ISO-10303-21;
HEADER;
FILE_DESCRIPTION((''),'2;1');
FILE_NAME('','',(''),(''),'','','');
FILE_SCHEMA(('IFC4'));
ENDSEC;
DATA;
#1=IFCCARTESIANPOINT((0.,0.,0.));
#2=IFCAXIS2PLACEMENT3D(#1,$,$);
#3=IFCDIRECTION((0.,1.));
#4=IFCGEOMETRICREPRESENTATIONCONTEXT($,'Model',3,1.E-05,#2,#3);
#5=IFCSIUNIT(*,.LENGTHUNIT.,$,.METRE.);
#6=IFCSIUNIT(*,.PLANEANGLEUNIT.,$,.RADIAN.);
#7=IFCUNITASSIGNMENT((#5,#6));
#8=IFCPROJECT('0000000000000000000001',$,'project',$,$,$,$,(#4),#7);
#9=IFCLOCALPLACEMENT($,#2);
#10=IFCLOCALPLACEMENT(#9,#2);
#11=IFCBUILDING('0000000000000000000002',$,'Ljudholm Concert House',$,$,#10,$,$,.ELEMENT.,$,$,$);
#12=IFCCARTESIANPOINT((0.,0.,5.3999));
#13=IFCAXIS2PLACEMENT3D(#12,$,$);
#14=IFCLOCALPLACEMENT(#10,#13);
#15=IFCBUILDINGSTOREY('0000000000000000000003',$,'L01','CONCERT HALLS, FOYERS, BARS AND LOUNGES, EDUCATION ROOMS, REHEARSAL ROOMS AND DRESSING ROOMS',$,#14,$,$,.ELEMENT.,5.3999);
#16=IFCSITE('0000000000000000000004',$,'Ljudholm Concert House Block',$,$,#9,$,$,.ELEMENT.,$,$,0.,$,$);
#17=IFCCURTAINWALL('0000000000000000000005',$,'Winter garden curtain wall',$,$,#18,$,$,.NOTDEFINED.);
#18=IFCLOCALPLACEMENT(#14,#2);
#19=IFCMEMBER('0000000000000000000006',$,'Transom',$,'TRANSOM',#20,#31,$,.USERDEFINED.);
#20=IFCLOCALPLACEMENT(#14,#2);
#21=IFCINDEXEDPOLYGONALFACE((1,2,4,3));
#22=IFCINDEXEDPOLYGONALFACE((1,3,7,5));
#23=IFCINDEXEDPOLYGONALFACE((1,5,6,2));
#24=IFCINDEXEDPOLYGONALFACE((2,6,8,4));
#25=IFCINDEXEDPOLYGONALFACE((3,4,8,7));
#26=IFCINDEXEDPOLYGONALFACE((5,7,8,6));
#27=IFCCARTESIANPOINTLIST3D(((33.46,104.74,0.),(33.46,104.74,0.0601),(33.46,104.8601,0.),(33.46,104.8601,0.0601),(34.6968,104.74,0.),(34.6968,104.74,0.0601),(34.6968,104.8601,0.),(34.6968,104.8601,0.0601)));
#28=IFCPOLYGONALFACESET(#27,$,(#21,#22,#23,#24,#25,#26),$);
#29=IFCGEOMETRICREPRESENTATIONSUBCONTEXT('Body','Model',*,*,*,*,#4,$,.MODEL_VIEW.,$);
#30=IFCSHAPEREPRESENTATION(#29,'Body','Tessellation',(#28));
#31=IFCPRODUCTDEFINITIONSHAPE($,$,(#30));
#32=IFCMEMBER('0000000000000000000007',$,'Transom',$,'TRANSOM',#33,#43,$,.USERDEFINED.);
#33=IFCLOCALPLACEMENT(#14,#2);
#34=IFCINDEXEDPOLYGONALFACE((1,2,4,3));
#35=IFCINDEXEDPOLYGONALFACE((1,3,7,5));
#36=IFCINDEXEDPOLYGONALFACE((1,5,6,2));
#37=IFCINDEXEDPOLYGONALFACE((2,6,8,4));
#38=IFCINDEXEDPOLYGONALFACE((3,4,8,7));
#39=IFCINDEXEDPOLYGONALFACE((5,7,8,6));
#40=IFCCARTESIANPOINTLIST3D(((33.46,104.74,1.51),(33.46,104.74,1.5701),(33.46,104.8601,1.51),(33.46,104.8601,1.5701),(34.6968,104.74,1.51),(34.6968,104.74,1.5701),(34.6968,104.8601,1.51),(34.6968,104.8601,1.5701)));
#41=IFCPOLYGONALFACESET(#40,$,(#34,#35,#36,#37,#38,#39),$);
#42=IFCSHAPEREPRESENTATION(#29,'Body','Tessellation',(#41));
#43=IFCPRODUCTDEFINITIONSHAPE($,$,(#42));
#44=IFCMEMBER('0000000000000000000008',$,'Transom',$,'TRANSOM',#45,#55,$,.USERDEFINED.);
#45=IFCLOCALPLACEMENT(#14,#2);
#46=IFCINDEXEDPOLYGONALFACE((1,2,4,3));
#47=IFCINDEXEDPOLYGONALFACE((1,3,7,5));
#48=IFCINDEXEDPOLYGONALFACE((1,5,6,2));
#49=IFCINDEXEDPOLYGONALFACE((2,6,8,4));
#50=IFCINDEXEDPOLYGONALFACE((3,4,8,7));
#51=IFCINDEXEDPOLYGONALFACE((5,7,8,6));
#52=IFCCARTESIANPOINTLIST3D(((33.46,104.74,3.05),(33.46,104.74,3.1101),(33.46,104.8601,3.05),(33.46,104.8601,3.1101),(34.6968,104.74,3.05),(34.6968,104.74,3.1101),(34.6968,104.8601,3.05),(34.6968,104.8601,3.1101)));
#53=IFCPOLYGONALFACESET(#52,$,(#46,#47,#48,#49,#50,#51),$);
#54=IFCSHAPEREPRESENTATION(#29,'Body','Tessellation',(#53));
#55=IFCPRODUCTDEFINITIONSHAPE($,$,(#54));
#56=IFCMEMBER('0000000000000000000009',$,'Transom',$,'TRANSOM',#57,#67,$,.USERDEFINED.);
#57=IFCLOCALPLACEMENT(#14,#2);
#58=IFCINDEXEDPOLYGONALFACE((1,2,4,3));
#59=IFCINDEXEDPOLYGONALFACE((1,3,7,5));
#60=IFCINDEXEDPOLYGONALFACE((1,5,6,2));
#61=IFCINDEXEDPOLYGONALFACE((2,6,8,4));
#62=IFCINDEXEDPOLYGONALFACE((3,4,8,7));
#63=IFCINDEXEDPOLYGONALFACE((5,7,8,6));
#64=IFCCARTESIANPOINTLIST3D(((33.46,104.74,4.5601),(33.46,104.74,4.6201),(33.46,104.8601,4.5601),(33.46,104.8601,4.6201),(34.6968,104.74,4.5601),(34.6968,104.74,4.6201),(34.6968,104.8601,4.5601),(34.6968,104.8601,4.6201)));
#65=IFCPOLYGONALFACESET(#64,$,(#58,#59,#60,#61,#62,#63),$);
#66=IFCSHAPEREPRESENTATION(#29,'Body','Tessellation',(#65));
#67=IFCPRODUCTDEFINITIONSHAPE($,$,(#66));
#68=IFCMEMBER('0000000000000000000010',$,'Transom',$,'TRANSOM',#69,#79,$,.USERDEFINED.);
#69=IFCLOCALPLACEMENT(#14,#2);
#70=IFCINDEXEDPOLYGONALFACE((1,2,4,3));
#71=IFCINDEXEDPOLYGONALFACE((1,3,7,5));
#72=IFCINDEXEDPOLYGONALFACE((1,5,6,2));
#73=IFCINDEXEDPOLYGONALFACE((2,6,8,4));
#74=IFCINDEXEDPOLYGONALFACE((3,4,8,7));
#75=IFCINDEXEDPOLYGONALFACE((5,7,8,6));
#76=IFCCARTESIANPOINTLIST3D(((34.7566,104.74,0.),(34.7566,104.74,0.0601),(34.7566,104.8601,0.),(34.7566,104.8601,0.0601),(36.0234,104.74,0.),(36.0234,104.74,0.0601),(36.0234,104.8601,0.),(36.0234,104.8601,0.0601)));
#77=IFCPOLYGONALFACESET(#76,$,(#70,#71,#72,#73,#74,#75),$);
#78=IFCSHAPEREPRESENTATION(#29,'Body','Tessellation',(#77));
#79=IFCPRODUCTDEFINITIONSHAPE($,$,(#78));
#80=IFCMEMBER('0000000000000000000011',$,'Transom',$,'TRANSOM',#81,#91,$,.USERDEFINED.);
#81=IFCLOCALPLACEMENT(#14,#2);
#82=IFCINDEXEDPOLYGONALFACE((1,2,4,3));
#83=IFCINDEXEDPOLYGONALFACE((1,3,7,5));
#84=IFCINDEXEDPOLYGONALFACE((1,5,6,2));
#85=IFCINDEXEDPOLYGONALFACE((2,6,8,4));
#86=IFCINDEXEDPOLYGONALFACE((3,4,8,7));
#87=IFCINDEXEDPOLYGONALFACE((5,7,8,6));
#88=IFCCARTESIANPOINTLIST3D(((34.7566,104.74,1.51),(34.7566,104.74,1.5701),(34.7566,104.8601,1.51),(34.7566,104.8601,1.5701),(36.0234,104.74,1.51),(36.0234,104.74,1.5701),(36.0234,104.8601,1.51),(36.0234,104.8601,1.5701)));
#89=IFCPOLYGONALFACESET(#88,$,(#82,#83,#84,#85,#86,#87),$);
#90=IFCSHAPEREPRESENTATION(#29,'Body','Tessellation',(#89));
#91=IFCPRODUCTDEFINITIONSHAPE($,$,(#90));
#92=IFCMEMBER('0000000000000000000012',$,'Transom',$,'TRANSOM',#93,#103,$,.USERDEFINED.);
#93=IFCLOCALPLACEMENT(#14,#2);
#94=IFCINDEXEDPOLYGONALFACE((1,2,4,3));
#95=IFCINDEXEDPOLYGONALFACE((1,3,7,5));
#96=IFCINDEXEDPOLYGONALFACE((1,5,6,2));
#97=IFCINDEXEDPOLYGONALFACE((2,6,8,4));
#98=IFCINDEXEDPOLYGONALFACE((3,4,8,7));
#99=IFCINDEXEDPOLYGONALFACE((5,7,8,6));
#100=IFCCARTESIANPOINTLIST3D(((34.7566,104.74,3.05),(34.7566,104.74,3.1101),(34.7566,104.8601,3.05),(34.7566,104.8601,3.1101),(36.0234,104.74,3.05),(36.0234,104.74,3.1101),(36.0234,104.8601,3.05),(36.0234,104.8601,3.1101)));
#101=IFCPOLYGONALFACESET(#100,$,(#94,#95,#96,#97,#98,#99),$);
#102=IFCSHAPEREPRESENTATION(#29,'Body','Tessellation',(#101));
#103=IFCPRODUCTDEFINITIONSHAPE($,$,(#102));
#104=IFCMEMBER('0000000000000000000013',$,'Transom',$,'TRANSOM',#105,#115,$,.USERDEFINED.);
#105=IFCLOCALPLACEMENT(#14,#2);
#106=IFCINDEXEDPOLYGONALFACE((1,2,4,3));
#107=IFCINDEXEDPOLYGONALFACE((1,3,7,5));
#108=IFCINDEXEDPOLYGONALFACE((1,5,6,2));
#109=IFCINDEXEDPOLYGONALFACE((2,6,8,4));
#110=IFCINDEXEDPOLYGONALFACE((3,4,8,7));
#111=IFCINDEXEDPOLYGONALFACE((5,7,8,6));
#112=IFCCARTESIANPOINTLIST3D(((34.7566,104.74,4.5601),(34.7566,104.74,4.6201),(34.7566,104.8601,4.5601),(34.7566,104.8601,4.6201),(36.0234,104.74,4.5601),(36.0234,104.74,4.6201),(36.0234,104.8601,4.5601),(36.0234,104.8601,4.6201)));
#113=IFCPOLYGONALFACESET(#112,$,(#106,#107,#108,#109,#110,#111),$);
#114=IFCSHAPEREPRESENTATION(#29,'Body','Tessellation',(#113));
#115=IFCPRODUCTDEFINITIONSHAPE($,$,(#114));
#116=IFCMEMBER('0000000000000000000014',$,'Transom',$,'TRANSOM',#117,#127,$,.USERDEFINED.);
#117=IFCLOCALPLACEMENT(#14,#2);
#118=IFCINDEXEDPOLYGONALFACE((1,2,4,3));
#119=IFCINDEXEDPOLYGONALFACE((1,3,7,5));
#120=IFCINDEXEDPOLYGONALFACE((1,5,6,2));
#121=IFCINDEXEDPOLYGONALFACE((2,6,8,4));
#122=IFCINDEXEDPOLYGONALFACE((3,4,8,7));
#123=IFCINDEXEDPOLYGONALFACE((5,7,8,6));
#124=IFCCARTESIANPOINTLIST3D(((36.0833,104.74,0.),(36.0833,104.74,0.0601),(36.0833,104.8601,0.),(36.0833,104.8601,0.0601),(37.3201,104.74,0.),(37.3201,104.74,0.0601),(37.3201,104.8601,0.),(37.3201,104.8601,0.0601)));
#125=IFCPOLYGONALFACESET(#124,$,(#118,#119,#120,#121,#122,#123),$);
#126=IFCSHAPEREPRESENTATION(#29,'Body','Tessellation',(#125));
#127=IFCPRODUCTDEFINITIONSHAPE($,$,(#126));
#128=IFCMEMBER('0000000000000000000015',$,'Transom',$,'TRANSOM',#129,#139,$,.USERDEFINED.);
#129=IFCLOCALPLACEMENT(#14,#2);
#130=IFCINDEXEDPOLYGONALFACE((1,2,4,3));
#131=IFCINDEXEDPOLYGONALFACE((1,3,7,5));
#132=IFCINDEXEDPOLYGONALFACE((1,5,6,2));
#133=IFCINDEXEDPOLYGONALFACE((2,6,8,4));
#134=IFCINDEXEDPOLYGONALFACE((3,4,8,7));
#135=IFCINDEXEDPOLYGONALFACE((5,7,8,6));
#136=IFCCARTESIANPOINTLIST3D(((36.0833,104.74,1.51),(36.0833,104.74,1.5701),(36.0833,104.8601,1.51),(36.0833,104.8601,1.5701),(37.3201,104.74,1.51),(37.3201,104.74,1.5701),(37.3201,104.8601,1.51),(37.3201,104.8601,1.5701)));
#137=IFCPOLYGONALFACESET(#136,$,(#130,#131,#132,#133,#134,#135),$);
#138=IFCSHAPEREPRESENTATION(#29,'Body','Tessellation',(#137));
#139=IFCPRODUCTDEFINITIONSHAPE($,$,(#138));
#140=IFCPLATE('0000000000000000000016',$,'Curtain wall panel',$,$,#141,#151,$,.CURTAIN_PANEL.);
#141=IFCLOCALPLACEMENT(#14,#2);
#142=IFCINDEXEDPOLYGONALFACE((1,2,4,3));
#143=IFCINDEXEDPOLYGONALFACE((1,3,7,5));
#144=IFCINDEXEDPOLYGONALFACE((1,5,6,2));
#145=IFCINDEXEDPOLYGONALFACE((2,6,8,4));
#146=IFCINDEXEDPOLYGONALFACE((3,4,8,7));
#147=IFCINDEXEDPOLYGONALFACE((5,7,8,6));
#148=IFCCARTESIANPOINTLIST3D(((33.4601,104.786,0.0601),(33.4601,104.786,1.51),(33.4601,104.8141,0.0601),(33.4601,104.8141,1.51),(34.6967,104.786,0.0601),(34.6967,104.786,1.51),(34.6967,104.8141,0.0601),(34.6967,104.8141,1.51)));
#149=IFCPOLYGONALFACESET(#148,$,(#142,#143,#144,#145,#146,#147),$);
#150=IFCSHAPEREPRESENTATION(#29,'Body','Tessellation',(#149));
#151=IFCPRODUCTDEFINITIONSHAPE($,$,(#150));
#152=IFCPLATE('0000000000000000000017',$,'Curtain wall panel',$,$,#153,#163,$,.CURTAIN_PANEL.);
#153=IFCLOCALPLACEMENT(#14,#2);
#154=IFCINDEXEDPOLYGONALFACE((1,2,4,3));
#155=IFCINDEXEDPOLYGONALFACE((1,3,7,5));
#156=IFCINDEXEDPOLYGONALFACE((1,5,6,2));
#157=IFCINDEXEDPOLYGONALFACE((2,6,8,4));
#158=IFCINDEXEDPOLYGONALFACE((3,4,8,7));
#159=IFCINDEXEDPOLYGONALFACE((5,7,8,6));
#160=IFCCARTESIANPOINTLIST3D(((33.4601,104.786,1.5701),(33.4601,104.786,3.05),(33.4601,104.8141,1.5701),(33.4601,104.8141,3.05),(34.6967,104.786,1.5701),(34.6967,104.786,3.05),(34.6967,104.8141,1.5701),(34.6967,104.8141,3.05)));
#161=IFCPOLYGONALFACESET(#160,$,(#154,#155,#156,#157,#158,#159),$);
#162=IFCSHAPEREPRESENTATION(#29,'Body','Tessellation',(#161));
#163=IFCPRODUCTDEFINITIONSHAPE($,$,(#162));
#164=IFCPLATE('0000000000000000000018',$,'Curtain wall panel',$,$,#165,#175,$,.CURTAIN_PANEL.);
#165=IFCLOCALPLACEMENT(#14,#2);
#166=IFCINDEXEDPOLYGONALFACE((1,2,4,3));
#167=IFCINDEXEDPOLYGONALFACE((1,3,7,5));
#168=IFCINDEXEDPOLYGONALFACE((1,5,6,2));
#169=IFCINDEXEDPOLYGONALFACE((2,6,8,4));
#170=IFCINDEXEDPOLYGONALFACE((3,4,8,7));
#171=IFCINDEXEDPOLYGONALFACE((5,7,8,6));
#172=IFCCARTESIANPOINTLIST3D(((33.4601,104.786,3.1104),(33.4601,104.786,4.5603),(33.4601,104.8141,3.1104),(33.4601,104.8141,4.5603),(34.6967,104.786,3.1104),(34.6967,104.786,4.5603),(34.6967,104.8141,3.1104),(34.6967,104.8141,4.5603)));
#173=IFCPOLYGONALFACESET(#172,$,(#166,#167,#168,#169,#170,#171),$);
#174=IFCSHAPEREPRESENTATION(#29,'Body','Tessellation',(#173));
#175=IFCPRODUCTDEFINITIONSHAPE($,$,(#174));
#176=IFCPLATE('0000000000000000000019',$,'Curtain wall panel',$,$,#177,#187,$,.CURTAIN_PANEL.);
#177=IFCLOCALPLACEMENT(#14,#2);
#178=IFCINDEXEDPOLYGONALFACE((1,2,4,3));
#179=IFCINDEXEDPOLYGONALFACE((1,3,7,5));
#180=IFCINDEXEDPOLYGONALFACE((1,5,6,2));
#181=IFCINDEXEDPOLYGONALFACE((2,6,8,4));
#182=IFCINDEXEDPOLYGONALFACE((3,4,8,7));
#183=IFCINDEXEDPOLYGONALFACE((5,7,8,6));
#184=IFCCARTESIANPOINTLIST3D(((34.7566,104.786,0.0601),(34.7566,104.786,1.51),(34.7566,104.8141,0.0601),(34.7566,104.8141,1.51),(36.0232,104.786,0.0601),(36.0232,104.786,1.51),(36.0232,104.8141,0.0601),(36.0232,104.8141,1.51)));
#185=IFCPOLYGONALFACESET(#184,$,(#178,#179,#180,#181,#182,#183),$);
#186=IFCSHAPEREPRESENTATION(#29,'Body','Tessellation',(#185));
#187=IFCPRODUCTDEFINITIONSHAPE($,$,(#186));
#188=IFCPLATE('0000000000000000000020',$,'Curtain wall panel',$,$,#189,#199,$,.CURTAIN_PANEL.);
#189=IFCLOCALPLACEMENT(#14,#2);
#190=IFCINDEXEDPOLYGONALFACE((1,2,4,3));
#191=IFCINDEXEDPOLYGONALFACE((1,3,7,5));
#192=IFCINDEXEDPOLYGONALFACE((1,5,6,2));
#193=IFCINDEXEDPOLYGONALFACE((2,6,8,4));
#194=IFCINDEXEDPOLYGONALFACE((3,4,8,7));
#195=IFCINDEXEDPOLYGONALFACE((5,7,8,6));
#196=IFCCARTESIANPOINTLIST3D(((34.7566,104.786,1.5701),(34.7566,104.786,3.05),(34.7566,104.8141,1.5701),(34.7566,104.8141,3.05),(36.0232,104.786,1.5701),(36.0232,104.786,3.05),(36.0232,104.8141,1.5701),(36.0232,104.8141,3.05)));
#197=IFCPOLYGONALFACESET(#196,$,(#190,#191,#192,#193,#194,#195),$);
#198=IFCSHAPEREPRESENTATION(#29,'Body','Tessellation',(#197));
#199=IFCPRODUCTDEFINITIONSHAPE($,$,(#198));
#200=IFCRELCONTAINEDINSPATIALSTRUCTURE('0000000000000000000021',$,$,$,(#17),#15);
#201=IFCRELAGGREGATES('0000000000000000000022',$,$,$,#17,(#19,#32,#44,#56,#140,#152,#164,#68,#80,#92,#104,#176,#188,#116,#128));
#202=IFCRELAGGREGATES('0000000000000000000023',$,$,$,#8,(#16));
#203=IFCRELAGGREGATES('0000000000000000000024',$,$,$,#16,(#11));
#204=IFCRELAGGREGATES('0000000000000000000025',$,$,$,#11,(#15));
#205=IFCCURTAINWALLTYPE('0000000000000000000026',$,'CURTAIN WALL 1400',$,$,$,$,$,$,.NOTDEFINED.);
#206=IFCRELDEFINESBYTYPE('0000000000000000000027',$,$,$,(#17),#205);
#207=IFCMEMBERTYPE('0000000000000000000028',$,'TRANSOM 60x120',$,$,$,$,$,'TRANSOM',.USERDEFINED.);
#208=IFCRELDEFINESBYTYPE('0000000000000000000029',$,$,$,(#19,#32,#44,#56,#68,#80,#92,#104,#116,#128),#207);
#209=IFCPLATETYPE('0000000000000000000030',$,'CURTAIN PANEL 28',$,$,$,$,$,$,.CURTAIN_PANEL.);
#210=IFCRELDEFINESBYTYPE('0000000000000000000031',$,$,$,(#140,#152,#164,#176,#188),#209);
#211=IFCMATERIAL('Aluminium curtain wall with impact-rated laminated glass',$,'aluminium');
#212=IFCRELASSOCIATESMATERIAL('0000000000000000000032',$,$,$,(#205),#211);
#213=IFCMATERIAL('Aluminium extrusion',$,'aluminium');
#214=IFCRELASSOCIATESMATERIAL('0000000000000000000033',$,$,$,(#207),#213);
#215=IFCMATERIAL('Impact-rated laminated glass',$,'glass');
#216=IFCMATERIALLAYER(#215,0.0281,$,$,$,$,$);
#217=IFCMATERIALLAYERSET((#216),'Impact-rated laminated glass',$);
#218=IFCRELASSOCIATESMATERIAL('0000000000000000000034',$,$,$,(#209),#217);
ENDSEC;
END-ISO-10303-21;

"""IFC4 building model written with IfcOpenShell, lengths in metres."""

from ifc_helpers import new_model, si_unit, direction, frame, origin, origin_2d, place, context, subcontext, project, spatial, rectangle, extrude, material, layer, layer_set, material_profile, profile_set, type_object, element, aggregate, save


model = new_model("IFC4")

# Units and contexts
model_context = context("Model", 3, precision=1e-05, world=origin(), true_north=direction((0.0, 1.0)))
body_context = subcontext(model_context, "Body", "Model", "MODEL_VIEW")
ifc_project = project(units=[si_unit("LENGTHUNIT", "METRE"), si_unit("PLANEANGLEUNIT", "RADIAN")], contexts=[model_context])

# Site, building, storey
site_placement = place(None, origin())
site = spatial("IfcSite", under=ifc_project, at=site_placement, Name="Ljudholm Concert House Block", CompositionType="ELEMENT", RefElevation=0.0)
building_placement = place(site_placement, origin())
building = spatial("IfcBuilding", under=site, at=building_placement, Name="Ljudholm Concert House", CompositionType="ELEMENT")
storey_placement = place(building_placement, frame((0.0, 0.0, 5.3999)))
storey = spatial("IfcBuildingStorey", under=building, at=storey_placement, Name="L01", Description="CONCERT HALLS, FOYERS, BARS AND LOUNGES, EDUCATION ROOMS, REHEARSAL ROOMS AND DRESSING ROOMS", CompositionType="ELEMENT", Elevation=5.3999)

# Shared definitions
ifc_material_1 = material(Name="Aluminium curtain wall with impact-rated laminated glass", Category="aluminium")
curtain_wall_type = type_object("IfcCurtainWallType", Name="CURTAIN WALL 1400", PredefinedType="NOTDEFINED", material=ifc_material_1)

# Curtain wall
curtain_wall_1_placement = place(storey_placement, origin())
curtain_wall_1 = element("IfcCurtainWall", 1, at=curtain_wall_1_placement, inside=storey, type_object=curtain_wall_type, Name="Winter garden curtain wall", PredefinedType="NOTDEFINED")

# Members
ifc_material_2 = material(Name="Aluminium extrusion", Category="aluminium")
ifc_material_profile_1 = material_profile(ifc_material_2, rectangle(XDim=0.1201, YDim=0.0601, at=origin_2d()), Name="TRANSOM 60x120")
ifc_profile_set_1 = profile_set([ifc_material_profile_1], Name="Aluminium extrusion")
member_type_1 = type_object("IfcMemberType", Name="TRANSOM 60x120", ElementType="TRANSOM", PredefinedType="USERDEFINED", material=ifc_profile_set_1)
member_1_placement = place(storey_placement, frame((33.46, 104.8, 0.03), z_axis=(1.0, 0.0, 0.0), x_axis=(0.0, 1.0, 0.0)))
member_1 = element("IfcMember", 2, at=member_1_placement, type_object=member_type_1, Name="Transom", ObjectType="TRANSOM", PredefinedType="USERDEFINED", context=body_context, shape_type="SweptSolid", body=[
    extrude(rectangle(XDim=0.1201, YDim=0.0601, at=origin_2d()), origin(), (0.0, 0.0, 1.0), 1.2368),
])
member_2_placement = place(storey_placement, frame((33.46, 104.8, 1.54), z_axis=(1.0, 0.0, 0.0), x_axis=(0.0, 1.0, 0.0)))
member_2 = element("IfcMember", 3, at=member_2_placement, type_object=member_type_1, Name="Transom", ObjectType="TRANSOM", PredefinedType="USERDEFINED", context=body_context, shape_type="SweptSolid", body=[
    extrude(rectangle(XDim=0.1201, YDim=0.0601, at=origin_2d()), origin(), (0.0, 0.0, 1.0), 1.2368),
])
member_3_placement = place(storey_placement, frame((33.46, 104.8, 3.0801), z_axis=(1.0, 0.0, 0.0), x_axis=(0.0, 1.0, 0.0)))
member_3 = element("IfcMember", 4, at=member_3_placement, type_object=member_type_1, Name="Transom", ObjectType="TRANSOM", PredefinedType="USERDEFINED", context=body_context, shape_type="SweptSolid", body=[
    extrude(rectangle(XDim=0.1201, YDim=0.0601, at=origin_2d()), origin(), (0.0, 0.0, 1.0), 1.2368),
])
member_4_placement = place(storey_placement, frame((33.46, 104.8, 4.5901), z_axis=(1.0, 0.0, 0.0), x_axis=(0.0, 1.0, 0.0)))
member_4 = element("IfcMember", 5, at=member_4_placement, type_object=member_type_1, Name="Transom", ObjectType="TRANSOM", PredefinedType="USERDEFINED", context=body_context, shape_type="SweptSolid", body=[
    extrude(rectangle(XDim=0.1201, YDim=0.0601, at=origin_2d()), origin(), (0.0, 0.0, 1.0), 1.2368),
])
member_5_placement = place(storey_placement, frame((34.7566, 104.8, 0.03), z_axis=(1.0, 0.0, 0.0), x_axis=(0.0, 1.0, 0.0)))
member_5 = element("IfcMember", 6, at=member_5_placement, type_object=member_type_1, Name="Transom", ObjectType="TRANSOM", PredefinedType="USERDEFINED", context=body_context, shape_type="SweptSolid", body=[
    extrude(rectangle(XDim=0.1201, YDim=0.0601, at=origin_2d()), origin(), (0.0, 0.0, 1.0), 1.2668),
])
member_6_placement = place(storey_placement, frame((34.7566, 104.8, 1.54), z_axis=(1.0, 0.0, 0.0), x_axis=(0.0, 1.0, 0.0)))
member_6 = element("IfcMember", 7, at=member_6_placement, type_object=member_type_1, Name="Transom", ObjectType="TRANSOM", PredefinedType="USERDEFINED", context=body_context, shape_type="SweptSolid", body=[
    extrude(rectangle(XDim=0.1201, YDim=0.0601, at=origin_2d()), origin(), (0.0, 0.0, 1.0), 1.2668),
])
member_7_placement = place(storey_placement, frame((34.7566, 104.8, 3.0801), z_axis=(1.0, 0.0, 0.0), x_axis=(0.0, 1.0, 0.0)))
member_7 = element("IfcMember", 8, at=member_7_placement, type_object=member_type_1, Name="Transom", ObjectType="TRANSOM", PredefinedType="USERDEFINED", context=body_context, shape_type="SweptSolid", body=[
    extrude(rectangle(XDim=0.1201, YDim=0.0601, at=origin_2d()), origin(), (0.0, 0.0, 1.0), 1.2668),
])
member_8_placement = place(storey_placement, frame((34.7566, 104.8, 4.5901), z_axis=(1.0, 0.0, 0.0), x_axis=(0.0, 1.0, 0.0)))
member_8 = element("IfcMember", 9, at=member_8_placement, type_object=member_type_1, Name="Transom", ObjectType="TRANSOM", PredefinedType="USERDEFINED", context=body_context, shape_type="SweptSolid", body=[
    extrude(rectangle(XDim=0.1201, YDim=0.0601, at=origin_2d()), origin(), (0.0, 0.0, 1.0), 1.2668),
])
member_9_placement = place(storey_placement, frame((36.0833, 104.8, 0.03), z_axis=(1.0, 0.0, 0.0), x_axis=(0.0, 1.0, 0.0)))
member_9 = element("IfcMember", 10, at=member_9_placement, type_object=member_type_1, Name="Transom", ObjectType="TRANSOM", PredefinedType="USERDEFINED", context=body_context, shape_type="SweptSolid", body=[
    extrude(rectangle(XDim=0.1201, YDim=0.0601, at=origin_2d()), origin(), (0.0, 0.0, 1.0), 1.2368),
])
member_10_placement = place(storey_placement, frame((36.0833, 104.8, 1.54), z_axis=(1.0, 0.0, 0.0), x_axis=(0.0, 1.0, 0.0)))
member_10 = element("IfcMember", 11, at=member_10_placement, type_object=member_type_1, Name="Transom", ObjectType="TRANSOM", PredefinedType="USERDEFINED", context=body_context, shape_type="SweptSolid", body=[
    extrude(rectangle(XDim=0.1201, YDim=0.0601, at=origin_2d()), origin(), (0.0, 0.0, 1.0), 1.2368),
])

# Plates
ifc_material_3 = material(Name="Impact-rated laminated glass", Category="glass")
ifc_layer_1 = layer(ifc_material_3, 0.0281)
ifc_layer_set_1 = layer_set([ifc_layer_1], Name="Impact-rated laminated glass")
plate_type = type_object("IfcPlateType", Name="CURTAIN PANEL 28", PredefinedType="CURTAIN_PANEL", material=ifc_layer_set_1)
plate_1_placement = place(storey_placement, frame((34.0784, 104.8, 0.0601), z_axis=(0.0, 0.0, 1.0), x_axis=(1.0, 0.0, 0.0)))
plate_1 = element("IfcPlate", 12, at=plate_1_placement, type_object=plate_type, Name="Curtain wall panel", PredefinedType="CURTAIN_PANEL", context=body_context, shape_type="SweptSolid", body=[
    extrude(rectangle(XDim=1.2366, YDim=0.0281, at=origin_2d()), origin(), (0.0, 0.0, 1.0), 1.45),
])
plate_2_placement = place(storey_placement, frame((34.0784, 104.8, 1.5701), z_axis=(0.0, 0.0, 1.0), x_axis=(1.0, 0.0, 0.0)))
plate_2 = element("IfcPlate", 13, at=plate_2_placement, type_object=plate_type, Name="Curtain wall panel", PredefinedType="CURTAIN_PANEL", context=body_context, shape_type="SweptSolid", body=[
    extrude(rectangle(XDim=1.2366, YDim=0.0281, at=origin_2d()), origin(), (0.0, 0.0, 1.0), 1.48),
])
plate_3_placement = place(storey_placement, frame((34.0784, 104.8, 3.1104), z_axis=(0.0, 0.0, 1.0), x_axis=(1.0, 0.0, 0.0)))
plate_3 = element("IfcPlate", 14, at=plate_3_placement, type_object=plate_type, Name="Curtain wall panel", PredefinedType="CURTAIN_PANEL", context=body_context, shape_type="SweptSolid", body=[
    extrude(rectangle(XDim=1.2366, YDim=0.0281, at=origin_2d()), origin(), (0.0, 0.0, 1.0), 1.45),
])
plate_4_placement = place(storey_placement, frame((35.3899, 104.8, 0.0601), z_axis=(0.0, 0.0, 1.0), x_axis=(1.0, 0.0, 0.0)))
plate_4 = element("IfcPlate", 15, at=plate_4_placement, type_object=plate_type, Name="Curtain wall panel", PredefinedType="CURTAIN_PANEL", context=body_context, shape_type="SweptSolid", body=[
    extrude(rectangle(XDim=1.2666, YDim=0.0281, at=origin_2d()), origin(), (0.0, 0.0, 1.0), 1.45),
])
plate_5_placement = place(storey_placement, frame((35.3899, 104.8, 1.5701), z_axis=(0.0, 0.0, 1.0), x_axis=(1.0, 0.0, 0.0)))
plate_5 = element("IfcPlate", 16, at=plate_5_placement, type_object=plate_type, Name="Curtain wall panel", PredefinedType="CURTAIN_PANEL", context=body_context, shape_type="SweptSolid", body=[
    extrude(rectangle(XDim=1.2666, YDim=0.0281, at=origin_2d()), origin(), (0.0, 0.0, 1.0), 1.48),
])
aggregate(curtain_wall_1, [member_1, member_2, member_3, member_4, plate_1, plate_2, plate_3, member_5, member_6, member_7, member_8, plate_4, plate_5, member_9, member_10])

save(model, "model.ifc")
